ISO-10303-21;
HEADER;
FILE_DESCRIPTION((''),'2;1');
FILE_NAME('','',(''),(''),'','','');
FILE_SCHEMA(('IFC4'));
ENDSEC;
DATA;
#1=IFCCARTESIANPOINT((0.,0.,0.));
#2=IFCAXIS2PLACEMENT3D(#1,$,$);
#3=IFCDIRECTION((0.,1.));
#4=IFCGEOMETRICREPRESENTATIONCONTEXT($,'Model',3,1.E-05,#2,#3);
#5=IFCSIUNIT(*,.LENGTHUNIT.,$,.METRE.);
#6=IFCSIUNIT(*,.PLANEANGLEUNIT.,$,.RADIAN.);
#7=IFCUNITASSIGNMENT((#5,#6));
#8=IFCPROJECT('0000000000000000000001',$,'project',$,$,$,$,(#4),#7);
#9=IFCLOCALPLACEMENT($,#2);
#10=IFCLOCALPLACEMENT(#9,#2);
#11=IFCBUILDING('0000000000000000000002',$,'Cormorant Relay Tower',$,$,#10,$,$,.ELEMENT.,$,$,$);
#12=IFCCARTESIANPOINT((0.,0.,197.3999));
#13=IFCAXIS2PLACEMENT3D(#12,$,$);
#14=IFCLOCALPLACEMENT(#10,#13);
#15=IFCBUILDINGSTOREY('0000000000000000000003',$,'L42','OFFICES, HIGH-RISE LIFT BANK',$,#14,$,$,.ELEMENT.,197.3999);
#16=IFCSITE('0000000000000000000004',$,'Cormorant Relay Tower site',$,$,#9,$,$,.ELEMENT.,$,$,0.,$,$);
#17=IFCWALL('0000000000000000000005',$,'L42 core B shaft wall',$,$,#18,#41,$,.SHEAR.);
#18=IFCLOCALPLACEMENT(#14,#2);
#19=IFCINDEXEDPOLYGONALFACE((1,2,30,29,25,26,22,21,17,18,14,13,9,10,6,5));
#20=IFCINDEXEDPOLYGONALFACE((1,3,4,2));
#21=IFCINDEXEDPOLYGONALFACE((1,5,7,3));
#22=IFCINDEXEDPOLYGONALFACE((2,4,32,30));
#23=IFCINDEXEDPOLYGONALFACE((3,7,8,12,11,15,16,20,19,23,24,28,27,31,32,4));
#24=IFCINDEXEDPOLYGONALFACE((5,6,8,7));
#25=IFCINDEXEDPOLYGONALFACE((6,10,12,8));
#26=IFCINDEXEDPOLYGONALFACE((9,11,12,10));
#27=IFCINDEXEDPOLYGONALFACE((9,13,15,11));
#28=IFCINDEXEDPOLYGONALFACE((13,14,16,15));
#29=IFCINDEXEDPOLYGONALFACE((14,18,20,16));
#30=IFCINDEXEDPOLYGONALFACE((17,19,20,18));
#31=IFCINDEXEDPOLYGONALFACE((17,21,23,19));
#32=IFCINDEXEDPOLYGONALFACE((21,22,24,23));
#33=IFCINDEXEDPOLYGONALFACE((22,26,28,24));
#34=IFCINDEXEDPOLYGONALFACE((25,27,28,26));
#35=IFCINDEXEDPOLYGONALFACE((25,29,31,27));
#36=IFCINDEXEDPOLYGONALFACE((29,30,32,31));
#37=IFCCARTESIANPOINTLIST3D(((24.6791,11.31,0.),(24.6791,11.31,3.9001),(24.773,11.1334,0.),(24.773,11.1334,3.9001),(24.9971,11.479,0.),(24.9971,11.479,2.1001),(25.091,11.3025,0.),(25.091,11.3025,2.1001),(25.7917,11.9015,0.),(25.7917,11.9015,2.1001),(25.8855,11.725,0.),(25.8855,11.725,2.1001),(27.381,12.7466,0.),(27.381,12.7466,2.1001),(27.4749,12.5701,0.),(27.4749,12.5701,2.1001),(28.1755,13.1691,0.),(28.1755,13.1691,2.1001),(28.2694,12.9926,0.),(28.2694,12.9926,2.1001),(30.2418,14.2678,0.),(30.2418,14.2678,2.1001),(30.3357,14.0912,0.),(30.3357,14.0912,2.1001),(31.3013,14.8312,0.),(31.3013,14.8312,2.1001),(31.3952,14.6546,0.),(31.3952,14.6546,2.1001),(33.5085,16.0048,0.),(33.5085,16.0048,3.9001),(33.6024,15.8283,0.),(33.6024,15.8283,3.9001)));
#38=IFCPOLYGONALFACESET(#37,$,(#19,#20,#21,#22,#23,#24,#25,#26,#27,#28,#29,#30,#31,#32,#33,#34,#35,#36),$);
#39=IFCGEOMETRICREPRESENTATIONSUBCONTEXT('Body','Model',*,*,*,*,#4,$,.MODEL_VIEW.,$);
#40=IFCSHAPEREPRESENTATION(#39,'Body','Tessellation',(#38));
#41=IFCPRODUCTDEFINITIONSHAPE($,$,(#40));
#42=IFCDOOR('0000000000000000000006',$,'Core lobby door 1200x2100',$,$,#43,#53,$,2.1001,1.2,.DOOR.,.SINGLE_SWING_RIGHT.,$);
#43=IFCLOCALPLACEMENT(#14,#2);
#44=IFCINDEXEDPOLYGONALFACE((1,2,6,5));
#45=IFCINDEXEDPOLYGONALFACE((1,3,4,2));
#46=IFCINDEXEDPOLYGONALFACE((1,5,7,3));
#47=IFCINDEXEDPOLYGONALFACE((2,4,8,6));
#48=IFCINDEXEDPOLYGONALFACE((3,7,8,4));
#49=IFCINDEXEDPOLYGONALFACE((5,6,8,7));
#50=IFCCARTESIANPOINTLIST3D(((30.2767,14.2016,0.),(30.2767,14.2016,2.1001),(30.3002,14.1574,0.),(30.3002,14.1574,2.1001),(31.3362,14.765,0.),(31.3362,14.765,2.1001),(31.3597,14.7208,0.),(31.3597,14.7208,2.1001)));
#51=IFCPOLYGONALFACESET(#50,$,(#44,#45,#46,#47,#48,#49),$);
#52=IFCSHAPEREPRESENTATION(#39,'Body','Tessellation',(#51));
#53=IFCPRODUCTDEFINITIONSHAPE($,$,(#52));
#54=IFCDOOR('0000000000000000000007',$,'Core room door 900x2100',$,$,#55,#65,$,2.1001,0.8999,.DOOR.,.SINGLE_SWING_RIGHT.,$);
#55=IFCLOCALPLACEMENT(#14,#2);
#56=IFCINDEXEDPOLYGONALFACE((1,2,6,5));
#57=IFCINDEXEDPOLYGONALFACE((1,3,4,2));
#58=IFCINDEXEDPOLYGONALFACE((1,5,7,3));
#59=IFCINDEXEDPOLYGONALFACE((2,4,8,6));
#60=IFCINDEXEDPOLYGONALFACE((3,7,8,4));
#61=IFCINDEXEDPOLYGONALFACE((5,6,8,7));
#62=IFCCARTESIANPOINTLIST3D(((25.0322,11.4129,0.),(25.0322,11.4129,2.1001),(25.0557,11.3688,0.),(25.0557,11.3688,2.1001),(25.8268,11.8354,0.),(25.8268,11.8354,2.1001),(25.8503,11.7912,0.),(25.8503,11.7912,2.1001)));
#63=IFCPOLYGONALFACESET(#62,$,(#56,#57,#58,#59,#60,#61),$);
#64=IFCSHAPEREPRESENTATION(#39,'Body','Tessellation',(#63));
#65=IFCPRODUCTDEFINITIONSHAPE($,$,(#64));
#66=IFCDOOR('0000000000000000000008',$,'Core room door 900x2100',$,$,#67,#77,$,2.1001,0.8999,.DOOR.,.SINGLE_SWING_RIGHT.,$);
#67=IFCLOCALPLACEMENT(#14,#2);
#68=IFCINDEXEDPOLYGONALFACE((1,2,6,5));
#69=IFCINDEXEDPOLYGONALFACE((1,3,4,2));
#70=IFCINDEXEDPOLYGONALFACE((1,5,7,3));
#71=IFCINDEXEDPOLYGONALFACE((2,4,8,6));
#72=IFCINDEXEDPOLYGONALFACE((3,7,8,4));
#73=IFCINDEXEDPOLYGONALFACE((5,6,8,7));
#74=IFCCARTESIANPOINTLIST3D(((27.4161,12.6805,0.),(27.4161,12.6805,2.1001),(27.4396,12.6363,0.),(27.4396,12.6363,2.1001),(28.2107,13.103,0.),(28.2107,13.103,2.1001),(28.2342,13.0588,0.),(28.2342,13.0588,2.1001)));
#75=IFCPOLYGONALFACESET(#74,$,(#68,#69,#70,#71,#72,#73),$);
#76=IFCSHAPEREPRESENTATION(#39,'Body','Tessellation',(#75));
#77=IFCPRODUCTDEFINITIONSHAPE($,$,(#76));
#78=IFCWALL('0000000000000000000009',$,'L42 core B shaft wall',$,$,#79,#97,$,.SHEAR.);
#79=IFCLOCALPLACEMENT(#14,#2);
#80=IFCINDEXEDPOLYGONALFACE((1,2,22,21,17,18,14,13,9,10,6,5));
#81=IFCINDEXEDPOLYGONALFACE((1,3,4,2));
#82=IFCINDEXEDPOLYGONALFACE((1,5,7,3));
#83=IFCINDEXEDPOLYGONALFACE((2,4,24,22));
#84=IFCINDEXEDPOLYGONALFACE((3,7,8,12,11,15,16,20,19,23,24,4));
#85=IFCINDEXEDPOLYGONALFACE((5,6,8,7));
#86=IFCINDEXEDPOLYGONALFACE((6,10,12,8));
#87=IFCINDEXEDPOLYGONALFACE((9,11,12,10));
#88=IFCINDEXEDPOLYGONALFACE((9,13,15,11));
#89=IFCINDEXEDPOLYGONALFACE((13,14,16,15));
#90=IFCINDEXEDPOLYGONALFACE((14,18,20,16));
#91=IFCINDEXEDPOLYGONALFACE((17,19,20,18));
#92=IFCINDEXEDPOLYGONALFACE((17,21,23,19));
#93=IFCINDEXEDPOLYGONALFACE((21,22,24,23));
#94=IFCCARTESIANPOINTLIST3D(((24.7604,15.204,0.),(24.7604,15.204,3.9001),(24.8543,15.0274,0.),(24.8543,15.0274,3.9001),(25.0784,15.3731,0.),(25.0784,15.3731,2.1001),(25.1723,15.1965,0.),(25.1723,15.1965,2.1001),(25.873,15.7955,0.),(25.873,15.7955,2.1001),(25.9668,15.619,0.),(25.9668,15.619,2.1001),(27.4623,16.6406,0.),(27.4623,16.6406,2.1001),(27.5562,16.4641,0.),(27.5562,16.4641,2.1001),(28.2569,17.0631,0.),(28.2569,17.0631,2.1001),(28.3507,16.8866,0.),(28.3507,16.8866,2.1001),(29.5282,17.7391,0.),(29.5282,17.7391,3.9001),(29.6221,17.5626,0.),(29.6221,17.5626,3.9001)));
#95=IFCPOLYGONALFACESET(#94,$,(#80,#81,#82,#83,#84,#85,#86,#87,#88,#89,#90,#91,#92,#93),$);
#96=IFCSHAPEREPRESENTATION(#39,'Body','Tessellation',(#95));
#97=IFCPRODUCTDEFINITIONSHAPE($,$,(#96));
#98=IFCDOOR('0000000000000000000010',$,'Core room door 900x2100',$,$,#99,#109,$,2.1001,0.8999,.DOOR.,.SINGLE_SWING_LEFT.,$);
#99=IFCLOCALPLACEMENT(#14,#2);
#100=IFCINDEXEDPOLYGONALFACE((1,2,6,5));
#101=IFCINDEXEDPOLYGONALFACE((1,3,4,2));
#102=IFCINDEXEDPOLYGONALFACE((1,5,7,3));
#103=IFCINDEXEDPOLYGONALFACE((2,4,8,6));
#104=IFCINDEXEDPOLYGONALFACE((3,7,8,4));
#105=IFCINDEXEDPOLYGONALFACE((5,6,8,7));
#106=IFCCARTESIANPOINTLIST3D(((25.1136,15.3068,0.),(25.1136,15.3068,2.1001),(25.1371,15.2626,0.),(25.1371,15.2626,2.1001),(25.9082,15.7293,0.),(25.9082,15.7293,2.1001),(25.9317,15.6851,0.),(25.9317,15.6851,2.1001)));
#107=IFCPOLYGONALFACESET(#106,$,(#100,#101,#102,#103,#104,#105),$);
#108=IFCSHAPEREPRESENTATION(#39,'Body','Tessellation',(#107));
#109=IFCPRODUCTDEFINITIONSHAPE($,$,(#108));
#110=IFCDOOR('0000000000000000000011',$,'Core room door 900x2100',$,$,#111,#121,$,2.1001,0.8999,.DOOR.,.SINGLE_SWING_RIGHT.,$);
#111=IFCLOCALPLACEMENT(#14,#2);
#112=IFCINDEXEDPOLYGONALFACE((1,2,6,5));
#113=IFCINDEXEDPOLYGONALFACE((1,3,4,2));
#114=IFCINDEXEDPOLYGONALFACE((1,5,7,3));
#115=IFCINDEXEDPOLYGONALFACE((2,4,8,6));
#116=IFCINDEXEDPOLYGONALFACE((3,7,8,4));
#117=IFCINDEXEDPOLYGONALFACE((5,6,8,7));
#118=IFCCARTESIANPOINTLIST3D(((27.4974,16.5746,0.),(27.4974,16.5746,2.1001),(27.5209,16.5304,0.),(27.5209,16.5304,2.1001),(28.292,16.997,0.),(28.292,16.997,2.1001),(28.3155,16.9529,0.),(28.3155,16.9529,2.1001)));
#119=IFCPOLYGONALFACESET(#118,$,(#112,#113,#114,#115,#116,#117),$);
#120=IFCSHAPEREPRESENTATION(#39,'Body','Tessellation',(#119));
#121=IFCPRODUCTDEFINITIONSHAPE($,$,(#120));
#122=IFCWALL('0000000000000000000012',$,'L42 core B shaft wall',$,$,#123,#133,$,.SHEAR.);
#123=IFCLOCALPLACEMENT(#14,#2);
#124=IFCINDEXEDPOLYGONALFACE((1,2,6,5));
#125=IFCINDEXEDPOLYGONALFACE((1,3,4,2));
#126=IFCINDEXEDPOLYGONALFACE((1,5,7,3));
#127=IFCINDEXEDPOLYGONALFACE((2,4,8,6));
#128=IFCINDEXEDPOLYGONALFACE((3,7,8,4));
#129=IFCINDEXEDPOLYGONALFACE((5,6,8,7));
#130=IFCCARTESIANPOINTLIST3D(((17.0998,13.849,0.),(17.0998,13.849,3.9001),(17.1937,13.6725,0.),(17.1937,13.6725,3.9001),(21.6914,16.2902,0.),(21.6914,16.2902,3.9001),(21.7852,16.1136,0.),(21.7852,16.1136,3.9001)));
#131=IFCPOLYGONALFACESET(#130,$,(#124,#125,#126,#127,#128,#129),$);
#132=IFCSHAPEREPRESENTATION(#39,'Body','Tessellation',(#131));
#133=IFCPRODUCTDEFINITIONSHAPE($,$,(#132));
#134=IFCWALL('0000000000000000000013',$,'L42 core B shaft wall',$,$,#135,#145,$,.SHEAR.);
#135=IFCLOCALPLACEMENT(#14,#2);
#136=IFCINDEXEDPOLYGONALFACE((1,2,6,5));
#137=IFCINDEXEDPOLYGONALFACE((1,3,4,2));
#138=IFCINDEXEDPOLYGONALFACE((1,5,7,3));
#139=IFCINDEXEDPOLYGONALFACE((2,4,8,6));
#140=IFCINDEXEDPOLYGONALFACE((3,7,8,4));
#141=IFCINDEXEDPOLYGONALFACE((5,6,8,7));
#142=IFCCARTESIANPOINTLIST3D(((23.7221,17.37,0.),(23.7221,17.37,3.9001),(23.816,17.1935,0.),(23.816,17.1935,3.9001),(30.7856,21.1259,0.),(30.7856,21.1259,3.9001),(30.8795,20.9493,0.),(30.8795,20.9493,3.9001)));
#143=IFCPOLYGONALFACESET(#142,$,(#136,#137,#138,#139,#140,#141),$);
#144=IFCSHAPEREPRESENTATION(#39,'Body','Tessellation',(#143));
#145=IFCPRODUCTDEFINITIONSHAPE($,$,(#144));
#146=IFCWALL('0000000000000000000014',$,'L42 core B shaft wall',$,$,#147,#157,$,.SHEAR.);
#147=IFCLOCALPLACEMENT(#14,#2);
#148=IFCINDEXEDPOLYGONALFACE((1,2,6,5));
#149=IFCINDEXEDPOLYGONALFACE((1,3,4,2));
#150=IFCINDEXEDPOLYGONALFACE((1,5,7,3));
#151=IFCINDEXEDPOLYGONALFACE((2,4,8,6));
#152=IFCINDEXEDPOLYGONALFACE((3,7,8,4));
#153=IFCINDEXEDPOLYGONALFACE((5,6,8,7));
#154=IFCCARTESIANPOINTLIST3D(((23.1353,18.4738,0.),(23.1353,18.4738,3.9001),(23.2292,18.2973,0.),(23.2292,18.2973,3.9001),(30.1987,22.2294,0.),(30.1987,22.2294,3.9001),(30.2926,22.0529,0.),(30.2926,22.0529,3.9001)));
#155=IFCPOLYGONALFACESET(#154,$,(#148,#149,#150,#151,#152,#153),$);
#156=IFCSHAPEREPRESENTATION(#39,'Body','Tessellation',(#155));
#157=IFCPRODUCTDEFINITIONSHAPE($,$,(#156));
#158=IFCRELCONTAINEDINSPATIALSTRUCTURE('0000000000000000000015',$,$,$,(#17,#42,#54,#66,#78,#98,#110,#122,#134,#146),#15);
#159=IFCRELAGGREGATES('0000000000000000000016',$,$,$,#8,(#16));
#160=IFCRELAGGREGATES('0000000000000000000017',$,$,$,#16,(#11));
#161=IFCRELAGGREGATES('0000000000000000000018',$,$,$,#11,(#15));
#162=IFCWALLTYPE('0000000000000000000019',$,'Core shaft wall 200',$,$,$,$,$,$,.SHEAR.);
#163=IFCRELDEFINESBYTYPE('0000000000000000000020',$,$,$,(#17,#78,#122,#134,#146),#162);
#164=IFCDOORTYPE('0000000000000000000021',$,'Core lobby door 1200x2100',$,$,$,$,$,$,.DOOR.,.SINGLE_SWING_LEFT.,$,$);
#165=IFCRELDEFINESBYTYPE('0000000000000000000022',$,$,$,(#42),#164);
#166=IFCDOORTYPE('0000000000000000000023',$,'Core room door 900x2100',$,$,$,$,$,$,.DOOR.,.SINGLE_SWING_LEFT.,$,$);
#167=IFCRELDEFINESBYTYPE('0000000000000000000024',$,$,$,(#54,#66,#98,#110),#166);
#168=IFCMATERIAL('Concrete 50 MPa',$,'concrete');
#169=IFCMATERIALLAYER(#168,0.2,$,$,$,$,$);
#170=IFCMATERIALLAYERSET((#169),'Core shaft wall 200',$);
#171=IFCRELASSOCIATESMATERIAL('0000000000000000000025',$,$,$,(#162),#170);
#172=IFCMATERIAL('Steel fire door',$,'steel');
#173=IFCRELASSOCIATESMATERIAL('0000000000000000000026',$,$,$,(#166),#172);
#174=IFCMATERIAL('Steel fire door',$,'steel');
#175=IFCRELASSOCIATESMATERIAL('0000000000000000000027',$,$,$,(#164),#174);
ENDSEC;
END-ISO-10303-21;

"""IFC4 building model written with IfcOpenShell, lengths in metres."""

from ifc_helpers import new_model, si_unit, direction, frame, frame_2d, origin, place, context, subcontext, project, spatial, rectangle, extrude, material, layer, layer_set, type_object, element, fill, save


model = new_model("IFC4")

# Units and contexts
model_context = context("Model", 3, precision=1e-05, world=origin(), true_north=direction((0.0, 1.0)))
body_context = subcontext(model_context, "Body", "Model", "MODEL_VIEW")
ifc_project = project(units=[si_unit("LENGTHUNIT", "METRE"), si_unit("PLANEANGLEUNIT", "RADIAN")], contexts=[model_context])

# Site, building, storey
site_placement = place(None, origin())
site = spatial("IfcSite", under=ifc_project, at=site_placement, Name="Cormorant Relay Tower site", CompositionType="ELEMENT", RefElevation=0.0)
building_placement = place(site_placement, origin())
building = spatial("IfcBuilding", under=site, at=building_placement, Name="Cormorant Relay Tower", CompositionType="ELEMENT")
storey_placement = place(building_placement, frame((0.0, 0.0, 197.3999)))
storey = spatial("IfcBuildingStorey", under=building, at=storey_placement, Name="L42", Description="OFFICES, HIGH-RISE LIFT BANK", CompositionType="ELEMENT", Elevation=197.3999)

# Shared definitions
ifc_material_1 = material(Name="Concrete 50 MPa", Category="concrete")
ifc_layer_1 = layer(ifc_material_1, 0.2)
ifc_layer_set_1 = layer_set([ifc_layer_1], Name="Core shaft wall 200")
wall_type_1 = type_object("IfcWallType", Name="Core shaft wall 200", PredefinedType="SHEAR", material=ifc_layer_set_1)

# Shared definitions
ifc_material_2 = material(Name="Steel fire door", Category="steel")
door_type_1 = type_object("IfcDoorType", Name="Core room door 900x2100", OperationType="SINGLE_SWING_LEFT", PredefinedType="DOOR", material=ifc_material_2)

# Walls, openings, doors
wall_1_placement = place(storey_placement, frame((24.7261, 11.2217, 0.0), z_axis=(0.0, 0.0, 1.0), x_axis=(0.88294, 0.469485, 0.0)))
wall_1 = element("IfcWall", 1, at=wall_1_placement, inside=storey, type_object=wall_type_1, Name="L42 core B shaft wall", PredefinedType="SHEAR", context=body_context, shape_type="SweptSolid", body=[
    extrude(rectangle(XDim=10.0, YDim=0.2, at=frame_2d((5.0, 0.0))), origin(), (0.0, 0.0, 1.0), 3.9001),
])
opening_1_placement = place(wall_1_placement, frame((6.3, 0.0, 0.0)))
opening_1 = element("IfcOpeningElement", 2, at=opening_1_placement, cuts=wall_1, PredefinedType="OPENING", context=body_context, shape_type="SweptSolid", body=[
    extrude(rectangle(XDim=1.2, YDim=2.1001, at=frame_2d((0.6001, 1.05))), frame((0.0, 0.1099, 0.0), z_axis=(0.0, -1.0, 0.0), x_axis=(1.0, 0.0, 0.0)), (0.0, 0.0, 1.0), 0.22),
])
opening_2_placement = place(wall_1_placement, frame((0.3601, 0.0, 0.0)))
opening_2 = element("IfcOpeningElement", 3, at=opening_2_placement, cuts=wall_1, PredefinedType="OPENING", context=body_context, shape_type="SweptSolid", body=[
    extrude(rectangle(XDim=0.8999, YDim=2.1001, at=frame_2d((0.45, 1.05))), frame((0.0, 0.1099, 0.0), z_axis=(0.0, -1.0, 0.0), x_axis=(1.0, 0.0, 0.0)), (0.0, 0.0, 1.0), 0.22),
])
opening_3_placement = place(wall_1_placement, frame((3.0601, 0.0, 0.0)))
opening_3 = element("IfcOpeningElement", 4, at=opening_3_placement, cuts=wall_1, PredefinedType="OPENING", context=body_context, shape_type="SweptSolid", body=[
    extrude(rectangle(XDim=0.8999, YDim=2.1001, at=frame_2d((0.45, 1.05))), frame((0.0, 0.1099, 0.0), z_axis=(0.0, -1.0, 0.0), x_axis=(1.0, 0.0, 0.0)), (0.0, 0.0, 1.0), 0.22),
])
ifc_material_3 = material(Name="Steel fire door", Category="steel")
door_type_2 = type_object("IfcDoorType", Name="Core lobby door 1200x2100", OperationType="SINGLE_SWING_LEFT", PredefinedType="DOOR", material=ifc_material_3)
door_1_placement = place(opening_1_placement, frame((1.2, 0.0, 0.0), z_axis=(0.0, 0.0, 1.0), x_axis=(-1.0, 0.0, 0.0)))
door_1 = element("IfcDoor", 5, at=door_1_placement, inside=storey, type_object=door_type_2, Name="Core lobby door 1200x2100", OperationType="SINGLE_SWING_RIGHT", OverallHeight=2.1001, OverallWidth=1.2, PredefinedType="DOOR", context=body_context, shape_type="SweptSolid", body=[
    extrude(rectangle(XDim=1.2, YDim=2.1001, at=frame_2d((0.6001, 1.05))), frame((0.0, 0.0249, 0.0), z_axis=(0.0, -1.0, 0.0), x_axis=(1.0, 0.0, 0.0)), (0.0, 0.0, 1.0), 0.05),
])
fill(opening_1, door_1)
door_2_placement = place(opening_2_placement, frame((0.8999, 0.0, 0.0), z_axis=(0.0, 0.0, 1.0), x_axis=(-1.0, 0.0, 0.0)))
door_2 = element("IfcDoor", 6, at=door_2_placement, inside=storey, type_object=door_type_1, Name="Core room door 900x2100", OperationType="SINGLE_SWING_RIGHT", OverallHeight=2.1001, OverallWidth=0.8999, PredefinedType="DOOR", context=body_context, shape_type="SweptSolid", body=[
    extrude(rectangle(XDim=0.8999, YDim=2.1001, at=frame_2d((0.45, 1.05))), frame((0.0, 0.0249, 0.0), z_axis=(0.0, -1.0, 0.0), x_axis=(1.0, 0.0, 0.0)), (0.0, 0.0, 1.0), 0.05),
])
fill(opening_2, door_2)
door_3_placement = place(opening_3_placement, frame((0.8999, 0.0, 0.0), z_axis=(0.0, 0.0, 1.0), x_axis=(-1.0, 0.0, 0.0)))
door_3 = element("IfcDoor", 7, at=door_3_placement, inside=storey, type_object=door_type_1, Name="Core room door 900x2100", OperationType="SINGLE_SWING_RIGHT", OverallHeight=2.1001, OverallWidth=0.8999, PredefinedType="DOOR", context=body_context, shape_type="SweptSolid", body=[
    extrude(rectangle(XDim=0.8999, YDim=2.1001, at=frame_2d((0.45, 1.05))), frame((0.0, 0.0249, 0.0), z_axis=(0.0, -1.0, 0.0), x_axis=(1.0, 0.0, 0.0)), (0.0, 0.0, 1.0), 0.05),
])
fill(opening_3, door_3)
wall_2_placement = place(storey_placement, frame((24.8074, 15.1157, 0.0), z_axis=(0.0, 0.0, 1.0), x_axis=(0.882943, 0.46948, 0.0)))
wall_2 = element("IfcWall", 8, at=wall_2_placement, inside=storey, type_object=wall_type_1, Name="L42 core B shaft wall", PredefinedType="SHEAR", context=body_context, shape_type="SweptSolid", body=[
    extrude(rectangle(XDim=5.3999, YDim=0.2, at=frame_2d((2.7, 0.0))), origin(), (0.0, 0.0, 1.0), 3.9001),
])
opening_4_placement = place(wall_2_placement, frame((0.3601, 0.0, 0.0)))
opening_4 = element("IfcOpeningElement", 9, at=opening_4_placement, cuts=wall_2, PredefinedType="OPENING", context=body_context, shape_type="SweptSolid", body=[
    extrude(rectangle(XDim=0.8999, YDim=2.1001, at=frame_2d((0.45, 1.05))), frame((0.0, 0.1099, 0.0), z_axis=(0.0, -1.0, 0.0), x_axis=(1.0, 0.0, 0.0)), (0.0, 0.0, 1.0), 0.22),
])
opening_5_placement = place(wall_2_placement, frame((3.0601, 0.0, 0.0)))
opening_5 = element("IfcOpeningElement", 10, at=opening_5_placement, cuts=wall_2, PredefinedType="OPENING", context=body_context, shape_type="SweptSolid", body=[
    extrude(rectangle(XDim=0.8999, YDim=2.1001, at=frame_2d((0.45, 1.05))), frame((0.0, 0.1099, 0.0), z_axis=(0.0, -1.0, 0.0), x_axis=(1.0, 0.0, 0.0)), (0.0, 0.0, 1.0), 0.22),
])
door_4_placement = place(opening_4_placement, origin())
door_4 = element("IfcDoor", 11, at=door_4_placement, inside=storey, type_object=door_type_1, Name="Core room door 900x2100", OperationType="SINGLE_SWING_LEFT", OverallHeight=2.1001, OverallWidth=0.8999, PredefinedType="DOOR", context=body_context, shape_type="SweptSolid", body=[
    extrude(rectangle(XDim=0.8999, YDim=2.1001, at=frame_2d((0.45, 1.05))), frame((0.0, 0.0249, 0.0), z_axis=(0.0, -1.0, 0.0), x_axis=(1.0, 0.0, 0.0)), (0.0, 0.0, 1.0), 0.05),
])
fill(opening_4, door_4)
door_5_placement = place(opening_5_placement, frame((0.8999, 0.0, 0.0), z_axis=(0.0, 0.0, 1.0), x_axis=(-1.0, 0.0, 0.0)))
door_5 = element("IfcDoor", 12, at=door_5_placement, inside=storey, type_object=door_type_1, Name="Core room door 900x2100", OperationType="SINGLE_SWING_RIGHT", OverallHeight=2.1001, OverallWidth=0.8999, PredefinedType="DOOR", context=body_context, shape_type="SweptSolid", body=[
    extrude(rectangle(XDim=0.8999, YDim=2.1001, at=frame_2d((0.45, 1.05))), frame((0.0, 0.0249, 0.0), z_axis=(0.0, -1.0, 0.0), x_axis=(1.0, 0.0, 0.0)), (0.0, 0.0, 1.0), 0.05),
])
fill(opening_5, door_5)

# Walls
wall_3_placement = place(storey_placement, frame((17.1467, 13.7607, 0.0), z_axis=(0.0, 0.0, 1.0), x_axis=(0.882964, 0.46944, 0.0)))
element("IfcWall", 13, at=wall_3_placement, inside=storey, type_object=wall_type_1, Name="L42 core B shaft wall", PredefinedType="SHEAR", context=body_context, shape_type="SweptSolid", body=[
    extrude(rectangle(XDim=5.2002, YDim=0.2, at=frame_2d((2.6001, 0.0))), origin(), (0.0, 0.0, 1.0), 3.9001),
])
wall_4_placement = place(storey_placement, frame((23.769, 17.2817, 0.0), z_axis=(0.0, 0.0, 1.0), x_axis=(0.88294, 0.469485, 0.0)))
element("IfcWall", 14, at=wall_4_placement, inside=storey, type_object=wall_type_1, Name="L42 core B shaft wall", PredefinedType="SHEAR", context=body_context, shape_type="SweptSolid", body=[
    extrude(rectangle(XDim=8.0, YDim=0.2, at=frame_2d((4.0, 0.0))), origin(), (0.0, 0.0, 1.0), 3.9001),
])
wall_5_placement = place(storey_placement, frame((23.1821, 18.3855, 0.0), z_axis=(0.0, 0.0, 1.0), x_axis=(0.882953, 0.469462, 0.0)))
element("IfcWall", 15, at=wall_5_placement, inside=storey, type_object=wall_type_1, Name="L42 core B shaft wall", PredefinedType="SHEAR", context=body_context, shape_type="SweptSolid", body=[
    extrude(rectangle(XDim=7.9998, YDim=0.2, at=frame_2d((4.0, 0.0))), origin(), (0.0, 0.0, 1.0), 3.9001),
])

save(model, "model.ifc")
